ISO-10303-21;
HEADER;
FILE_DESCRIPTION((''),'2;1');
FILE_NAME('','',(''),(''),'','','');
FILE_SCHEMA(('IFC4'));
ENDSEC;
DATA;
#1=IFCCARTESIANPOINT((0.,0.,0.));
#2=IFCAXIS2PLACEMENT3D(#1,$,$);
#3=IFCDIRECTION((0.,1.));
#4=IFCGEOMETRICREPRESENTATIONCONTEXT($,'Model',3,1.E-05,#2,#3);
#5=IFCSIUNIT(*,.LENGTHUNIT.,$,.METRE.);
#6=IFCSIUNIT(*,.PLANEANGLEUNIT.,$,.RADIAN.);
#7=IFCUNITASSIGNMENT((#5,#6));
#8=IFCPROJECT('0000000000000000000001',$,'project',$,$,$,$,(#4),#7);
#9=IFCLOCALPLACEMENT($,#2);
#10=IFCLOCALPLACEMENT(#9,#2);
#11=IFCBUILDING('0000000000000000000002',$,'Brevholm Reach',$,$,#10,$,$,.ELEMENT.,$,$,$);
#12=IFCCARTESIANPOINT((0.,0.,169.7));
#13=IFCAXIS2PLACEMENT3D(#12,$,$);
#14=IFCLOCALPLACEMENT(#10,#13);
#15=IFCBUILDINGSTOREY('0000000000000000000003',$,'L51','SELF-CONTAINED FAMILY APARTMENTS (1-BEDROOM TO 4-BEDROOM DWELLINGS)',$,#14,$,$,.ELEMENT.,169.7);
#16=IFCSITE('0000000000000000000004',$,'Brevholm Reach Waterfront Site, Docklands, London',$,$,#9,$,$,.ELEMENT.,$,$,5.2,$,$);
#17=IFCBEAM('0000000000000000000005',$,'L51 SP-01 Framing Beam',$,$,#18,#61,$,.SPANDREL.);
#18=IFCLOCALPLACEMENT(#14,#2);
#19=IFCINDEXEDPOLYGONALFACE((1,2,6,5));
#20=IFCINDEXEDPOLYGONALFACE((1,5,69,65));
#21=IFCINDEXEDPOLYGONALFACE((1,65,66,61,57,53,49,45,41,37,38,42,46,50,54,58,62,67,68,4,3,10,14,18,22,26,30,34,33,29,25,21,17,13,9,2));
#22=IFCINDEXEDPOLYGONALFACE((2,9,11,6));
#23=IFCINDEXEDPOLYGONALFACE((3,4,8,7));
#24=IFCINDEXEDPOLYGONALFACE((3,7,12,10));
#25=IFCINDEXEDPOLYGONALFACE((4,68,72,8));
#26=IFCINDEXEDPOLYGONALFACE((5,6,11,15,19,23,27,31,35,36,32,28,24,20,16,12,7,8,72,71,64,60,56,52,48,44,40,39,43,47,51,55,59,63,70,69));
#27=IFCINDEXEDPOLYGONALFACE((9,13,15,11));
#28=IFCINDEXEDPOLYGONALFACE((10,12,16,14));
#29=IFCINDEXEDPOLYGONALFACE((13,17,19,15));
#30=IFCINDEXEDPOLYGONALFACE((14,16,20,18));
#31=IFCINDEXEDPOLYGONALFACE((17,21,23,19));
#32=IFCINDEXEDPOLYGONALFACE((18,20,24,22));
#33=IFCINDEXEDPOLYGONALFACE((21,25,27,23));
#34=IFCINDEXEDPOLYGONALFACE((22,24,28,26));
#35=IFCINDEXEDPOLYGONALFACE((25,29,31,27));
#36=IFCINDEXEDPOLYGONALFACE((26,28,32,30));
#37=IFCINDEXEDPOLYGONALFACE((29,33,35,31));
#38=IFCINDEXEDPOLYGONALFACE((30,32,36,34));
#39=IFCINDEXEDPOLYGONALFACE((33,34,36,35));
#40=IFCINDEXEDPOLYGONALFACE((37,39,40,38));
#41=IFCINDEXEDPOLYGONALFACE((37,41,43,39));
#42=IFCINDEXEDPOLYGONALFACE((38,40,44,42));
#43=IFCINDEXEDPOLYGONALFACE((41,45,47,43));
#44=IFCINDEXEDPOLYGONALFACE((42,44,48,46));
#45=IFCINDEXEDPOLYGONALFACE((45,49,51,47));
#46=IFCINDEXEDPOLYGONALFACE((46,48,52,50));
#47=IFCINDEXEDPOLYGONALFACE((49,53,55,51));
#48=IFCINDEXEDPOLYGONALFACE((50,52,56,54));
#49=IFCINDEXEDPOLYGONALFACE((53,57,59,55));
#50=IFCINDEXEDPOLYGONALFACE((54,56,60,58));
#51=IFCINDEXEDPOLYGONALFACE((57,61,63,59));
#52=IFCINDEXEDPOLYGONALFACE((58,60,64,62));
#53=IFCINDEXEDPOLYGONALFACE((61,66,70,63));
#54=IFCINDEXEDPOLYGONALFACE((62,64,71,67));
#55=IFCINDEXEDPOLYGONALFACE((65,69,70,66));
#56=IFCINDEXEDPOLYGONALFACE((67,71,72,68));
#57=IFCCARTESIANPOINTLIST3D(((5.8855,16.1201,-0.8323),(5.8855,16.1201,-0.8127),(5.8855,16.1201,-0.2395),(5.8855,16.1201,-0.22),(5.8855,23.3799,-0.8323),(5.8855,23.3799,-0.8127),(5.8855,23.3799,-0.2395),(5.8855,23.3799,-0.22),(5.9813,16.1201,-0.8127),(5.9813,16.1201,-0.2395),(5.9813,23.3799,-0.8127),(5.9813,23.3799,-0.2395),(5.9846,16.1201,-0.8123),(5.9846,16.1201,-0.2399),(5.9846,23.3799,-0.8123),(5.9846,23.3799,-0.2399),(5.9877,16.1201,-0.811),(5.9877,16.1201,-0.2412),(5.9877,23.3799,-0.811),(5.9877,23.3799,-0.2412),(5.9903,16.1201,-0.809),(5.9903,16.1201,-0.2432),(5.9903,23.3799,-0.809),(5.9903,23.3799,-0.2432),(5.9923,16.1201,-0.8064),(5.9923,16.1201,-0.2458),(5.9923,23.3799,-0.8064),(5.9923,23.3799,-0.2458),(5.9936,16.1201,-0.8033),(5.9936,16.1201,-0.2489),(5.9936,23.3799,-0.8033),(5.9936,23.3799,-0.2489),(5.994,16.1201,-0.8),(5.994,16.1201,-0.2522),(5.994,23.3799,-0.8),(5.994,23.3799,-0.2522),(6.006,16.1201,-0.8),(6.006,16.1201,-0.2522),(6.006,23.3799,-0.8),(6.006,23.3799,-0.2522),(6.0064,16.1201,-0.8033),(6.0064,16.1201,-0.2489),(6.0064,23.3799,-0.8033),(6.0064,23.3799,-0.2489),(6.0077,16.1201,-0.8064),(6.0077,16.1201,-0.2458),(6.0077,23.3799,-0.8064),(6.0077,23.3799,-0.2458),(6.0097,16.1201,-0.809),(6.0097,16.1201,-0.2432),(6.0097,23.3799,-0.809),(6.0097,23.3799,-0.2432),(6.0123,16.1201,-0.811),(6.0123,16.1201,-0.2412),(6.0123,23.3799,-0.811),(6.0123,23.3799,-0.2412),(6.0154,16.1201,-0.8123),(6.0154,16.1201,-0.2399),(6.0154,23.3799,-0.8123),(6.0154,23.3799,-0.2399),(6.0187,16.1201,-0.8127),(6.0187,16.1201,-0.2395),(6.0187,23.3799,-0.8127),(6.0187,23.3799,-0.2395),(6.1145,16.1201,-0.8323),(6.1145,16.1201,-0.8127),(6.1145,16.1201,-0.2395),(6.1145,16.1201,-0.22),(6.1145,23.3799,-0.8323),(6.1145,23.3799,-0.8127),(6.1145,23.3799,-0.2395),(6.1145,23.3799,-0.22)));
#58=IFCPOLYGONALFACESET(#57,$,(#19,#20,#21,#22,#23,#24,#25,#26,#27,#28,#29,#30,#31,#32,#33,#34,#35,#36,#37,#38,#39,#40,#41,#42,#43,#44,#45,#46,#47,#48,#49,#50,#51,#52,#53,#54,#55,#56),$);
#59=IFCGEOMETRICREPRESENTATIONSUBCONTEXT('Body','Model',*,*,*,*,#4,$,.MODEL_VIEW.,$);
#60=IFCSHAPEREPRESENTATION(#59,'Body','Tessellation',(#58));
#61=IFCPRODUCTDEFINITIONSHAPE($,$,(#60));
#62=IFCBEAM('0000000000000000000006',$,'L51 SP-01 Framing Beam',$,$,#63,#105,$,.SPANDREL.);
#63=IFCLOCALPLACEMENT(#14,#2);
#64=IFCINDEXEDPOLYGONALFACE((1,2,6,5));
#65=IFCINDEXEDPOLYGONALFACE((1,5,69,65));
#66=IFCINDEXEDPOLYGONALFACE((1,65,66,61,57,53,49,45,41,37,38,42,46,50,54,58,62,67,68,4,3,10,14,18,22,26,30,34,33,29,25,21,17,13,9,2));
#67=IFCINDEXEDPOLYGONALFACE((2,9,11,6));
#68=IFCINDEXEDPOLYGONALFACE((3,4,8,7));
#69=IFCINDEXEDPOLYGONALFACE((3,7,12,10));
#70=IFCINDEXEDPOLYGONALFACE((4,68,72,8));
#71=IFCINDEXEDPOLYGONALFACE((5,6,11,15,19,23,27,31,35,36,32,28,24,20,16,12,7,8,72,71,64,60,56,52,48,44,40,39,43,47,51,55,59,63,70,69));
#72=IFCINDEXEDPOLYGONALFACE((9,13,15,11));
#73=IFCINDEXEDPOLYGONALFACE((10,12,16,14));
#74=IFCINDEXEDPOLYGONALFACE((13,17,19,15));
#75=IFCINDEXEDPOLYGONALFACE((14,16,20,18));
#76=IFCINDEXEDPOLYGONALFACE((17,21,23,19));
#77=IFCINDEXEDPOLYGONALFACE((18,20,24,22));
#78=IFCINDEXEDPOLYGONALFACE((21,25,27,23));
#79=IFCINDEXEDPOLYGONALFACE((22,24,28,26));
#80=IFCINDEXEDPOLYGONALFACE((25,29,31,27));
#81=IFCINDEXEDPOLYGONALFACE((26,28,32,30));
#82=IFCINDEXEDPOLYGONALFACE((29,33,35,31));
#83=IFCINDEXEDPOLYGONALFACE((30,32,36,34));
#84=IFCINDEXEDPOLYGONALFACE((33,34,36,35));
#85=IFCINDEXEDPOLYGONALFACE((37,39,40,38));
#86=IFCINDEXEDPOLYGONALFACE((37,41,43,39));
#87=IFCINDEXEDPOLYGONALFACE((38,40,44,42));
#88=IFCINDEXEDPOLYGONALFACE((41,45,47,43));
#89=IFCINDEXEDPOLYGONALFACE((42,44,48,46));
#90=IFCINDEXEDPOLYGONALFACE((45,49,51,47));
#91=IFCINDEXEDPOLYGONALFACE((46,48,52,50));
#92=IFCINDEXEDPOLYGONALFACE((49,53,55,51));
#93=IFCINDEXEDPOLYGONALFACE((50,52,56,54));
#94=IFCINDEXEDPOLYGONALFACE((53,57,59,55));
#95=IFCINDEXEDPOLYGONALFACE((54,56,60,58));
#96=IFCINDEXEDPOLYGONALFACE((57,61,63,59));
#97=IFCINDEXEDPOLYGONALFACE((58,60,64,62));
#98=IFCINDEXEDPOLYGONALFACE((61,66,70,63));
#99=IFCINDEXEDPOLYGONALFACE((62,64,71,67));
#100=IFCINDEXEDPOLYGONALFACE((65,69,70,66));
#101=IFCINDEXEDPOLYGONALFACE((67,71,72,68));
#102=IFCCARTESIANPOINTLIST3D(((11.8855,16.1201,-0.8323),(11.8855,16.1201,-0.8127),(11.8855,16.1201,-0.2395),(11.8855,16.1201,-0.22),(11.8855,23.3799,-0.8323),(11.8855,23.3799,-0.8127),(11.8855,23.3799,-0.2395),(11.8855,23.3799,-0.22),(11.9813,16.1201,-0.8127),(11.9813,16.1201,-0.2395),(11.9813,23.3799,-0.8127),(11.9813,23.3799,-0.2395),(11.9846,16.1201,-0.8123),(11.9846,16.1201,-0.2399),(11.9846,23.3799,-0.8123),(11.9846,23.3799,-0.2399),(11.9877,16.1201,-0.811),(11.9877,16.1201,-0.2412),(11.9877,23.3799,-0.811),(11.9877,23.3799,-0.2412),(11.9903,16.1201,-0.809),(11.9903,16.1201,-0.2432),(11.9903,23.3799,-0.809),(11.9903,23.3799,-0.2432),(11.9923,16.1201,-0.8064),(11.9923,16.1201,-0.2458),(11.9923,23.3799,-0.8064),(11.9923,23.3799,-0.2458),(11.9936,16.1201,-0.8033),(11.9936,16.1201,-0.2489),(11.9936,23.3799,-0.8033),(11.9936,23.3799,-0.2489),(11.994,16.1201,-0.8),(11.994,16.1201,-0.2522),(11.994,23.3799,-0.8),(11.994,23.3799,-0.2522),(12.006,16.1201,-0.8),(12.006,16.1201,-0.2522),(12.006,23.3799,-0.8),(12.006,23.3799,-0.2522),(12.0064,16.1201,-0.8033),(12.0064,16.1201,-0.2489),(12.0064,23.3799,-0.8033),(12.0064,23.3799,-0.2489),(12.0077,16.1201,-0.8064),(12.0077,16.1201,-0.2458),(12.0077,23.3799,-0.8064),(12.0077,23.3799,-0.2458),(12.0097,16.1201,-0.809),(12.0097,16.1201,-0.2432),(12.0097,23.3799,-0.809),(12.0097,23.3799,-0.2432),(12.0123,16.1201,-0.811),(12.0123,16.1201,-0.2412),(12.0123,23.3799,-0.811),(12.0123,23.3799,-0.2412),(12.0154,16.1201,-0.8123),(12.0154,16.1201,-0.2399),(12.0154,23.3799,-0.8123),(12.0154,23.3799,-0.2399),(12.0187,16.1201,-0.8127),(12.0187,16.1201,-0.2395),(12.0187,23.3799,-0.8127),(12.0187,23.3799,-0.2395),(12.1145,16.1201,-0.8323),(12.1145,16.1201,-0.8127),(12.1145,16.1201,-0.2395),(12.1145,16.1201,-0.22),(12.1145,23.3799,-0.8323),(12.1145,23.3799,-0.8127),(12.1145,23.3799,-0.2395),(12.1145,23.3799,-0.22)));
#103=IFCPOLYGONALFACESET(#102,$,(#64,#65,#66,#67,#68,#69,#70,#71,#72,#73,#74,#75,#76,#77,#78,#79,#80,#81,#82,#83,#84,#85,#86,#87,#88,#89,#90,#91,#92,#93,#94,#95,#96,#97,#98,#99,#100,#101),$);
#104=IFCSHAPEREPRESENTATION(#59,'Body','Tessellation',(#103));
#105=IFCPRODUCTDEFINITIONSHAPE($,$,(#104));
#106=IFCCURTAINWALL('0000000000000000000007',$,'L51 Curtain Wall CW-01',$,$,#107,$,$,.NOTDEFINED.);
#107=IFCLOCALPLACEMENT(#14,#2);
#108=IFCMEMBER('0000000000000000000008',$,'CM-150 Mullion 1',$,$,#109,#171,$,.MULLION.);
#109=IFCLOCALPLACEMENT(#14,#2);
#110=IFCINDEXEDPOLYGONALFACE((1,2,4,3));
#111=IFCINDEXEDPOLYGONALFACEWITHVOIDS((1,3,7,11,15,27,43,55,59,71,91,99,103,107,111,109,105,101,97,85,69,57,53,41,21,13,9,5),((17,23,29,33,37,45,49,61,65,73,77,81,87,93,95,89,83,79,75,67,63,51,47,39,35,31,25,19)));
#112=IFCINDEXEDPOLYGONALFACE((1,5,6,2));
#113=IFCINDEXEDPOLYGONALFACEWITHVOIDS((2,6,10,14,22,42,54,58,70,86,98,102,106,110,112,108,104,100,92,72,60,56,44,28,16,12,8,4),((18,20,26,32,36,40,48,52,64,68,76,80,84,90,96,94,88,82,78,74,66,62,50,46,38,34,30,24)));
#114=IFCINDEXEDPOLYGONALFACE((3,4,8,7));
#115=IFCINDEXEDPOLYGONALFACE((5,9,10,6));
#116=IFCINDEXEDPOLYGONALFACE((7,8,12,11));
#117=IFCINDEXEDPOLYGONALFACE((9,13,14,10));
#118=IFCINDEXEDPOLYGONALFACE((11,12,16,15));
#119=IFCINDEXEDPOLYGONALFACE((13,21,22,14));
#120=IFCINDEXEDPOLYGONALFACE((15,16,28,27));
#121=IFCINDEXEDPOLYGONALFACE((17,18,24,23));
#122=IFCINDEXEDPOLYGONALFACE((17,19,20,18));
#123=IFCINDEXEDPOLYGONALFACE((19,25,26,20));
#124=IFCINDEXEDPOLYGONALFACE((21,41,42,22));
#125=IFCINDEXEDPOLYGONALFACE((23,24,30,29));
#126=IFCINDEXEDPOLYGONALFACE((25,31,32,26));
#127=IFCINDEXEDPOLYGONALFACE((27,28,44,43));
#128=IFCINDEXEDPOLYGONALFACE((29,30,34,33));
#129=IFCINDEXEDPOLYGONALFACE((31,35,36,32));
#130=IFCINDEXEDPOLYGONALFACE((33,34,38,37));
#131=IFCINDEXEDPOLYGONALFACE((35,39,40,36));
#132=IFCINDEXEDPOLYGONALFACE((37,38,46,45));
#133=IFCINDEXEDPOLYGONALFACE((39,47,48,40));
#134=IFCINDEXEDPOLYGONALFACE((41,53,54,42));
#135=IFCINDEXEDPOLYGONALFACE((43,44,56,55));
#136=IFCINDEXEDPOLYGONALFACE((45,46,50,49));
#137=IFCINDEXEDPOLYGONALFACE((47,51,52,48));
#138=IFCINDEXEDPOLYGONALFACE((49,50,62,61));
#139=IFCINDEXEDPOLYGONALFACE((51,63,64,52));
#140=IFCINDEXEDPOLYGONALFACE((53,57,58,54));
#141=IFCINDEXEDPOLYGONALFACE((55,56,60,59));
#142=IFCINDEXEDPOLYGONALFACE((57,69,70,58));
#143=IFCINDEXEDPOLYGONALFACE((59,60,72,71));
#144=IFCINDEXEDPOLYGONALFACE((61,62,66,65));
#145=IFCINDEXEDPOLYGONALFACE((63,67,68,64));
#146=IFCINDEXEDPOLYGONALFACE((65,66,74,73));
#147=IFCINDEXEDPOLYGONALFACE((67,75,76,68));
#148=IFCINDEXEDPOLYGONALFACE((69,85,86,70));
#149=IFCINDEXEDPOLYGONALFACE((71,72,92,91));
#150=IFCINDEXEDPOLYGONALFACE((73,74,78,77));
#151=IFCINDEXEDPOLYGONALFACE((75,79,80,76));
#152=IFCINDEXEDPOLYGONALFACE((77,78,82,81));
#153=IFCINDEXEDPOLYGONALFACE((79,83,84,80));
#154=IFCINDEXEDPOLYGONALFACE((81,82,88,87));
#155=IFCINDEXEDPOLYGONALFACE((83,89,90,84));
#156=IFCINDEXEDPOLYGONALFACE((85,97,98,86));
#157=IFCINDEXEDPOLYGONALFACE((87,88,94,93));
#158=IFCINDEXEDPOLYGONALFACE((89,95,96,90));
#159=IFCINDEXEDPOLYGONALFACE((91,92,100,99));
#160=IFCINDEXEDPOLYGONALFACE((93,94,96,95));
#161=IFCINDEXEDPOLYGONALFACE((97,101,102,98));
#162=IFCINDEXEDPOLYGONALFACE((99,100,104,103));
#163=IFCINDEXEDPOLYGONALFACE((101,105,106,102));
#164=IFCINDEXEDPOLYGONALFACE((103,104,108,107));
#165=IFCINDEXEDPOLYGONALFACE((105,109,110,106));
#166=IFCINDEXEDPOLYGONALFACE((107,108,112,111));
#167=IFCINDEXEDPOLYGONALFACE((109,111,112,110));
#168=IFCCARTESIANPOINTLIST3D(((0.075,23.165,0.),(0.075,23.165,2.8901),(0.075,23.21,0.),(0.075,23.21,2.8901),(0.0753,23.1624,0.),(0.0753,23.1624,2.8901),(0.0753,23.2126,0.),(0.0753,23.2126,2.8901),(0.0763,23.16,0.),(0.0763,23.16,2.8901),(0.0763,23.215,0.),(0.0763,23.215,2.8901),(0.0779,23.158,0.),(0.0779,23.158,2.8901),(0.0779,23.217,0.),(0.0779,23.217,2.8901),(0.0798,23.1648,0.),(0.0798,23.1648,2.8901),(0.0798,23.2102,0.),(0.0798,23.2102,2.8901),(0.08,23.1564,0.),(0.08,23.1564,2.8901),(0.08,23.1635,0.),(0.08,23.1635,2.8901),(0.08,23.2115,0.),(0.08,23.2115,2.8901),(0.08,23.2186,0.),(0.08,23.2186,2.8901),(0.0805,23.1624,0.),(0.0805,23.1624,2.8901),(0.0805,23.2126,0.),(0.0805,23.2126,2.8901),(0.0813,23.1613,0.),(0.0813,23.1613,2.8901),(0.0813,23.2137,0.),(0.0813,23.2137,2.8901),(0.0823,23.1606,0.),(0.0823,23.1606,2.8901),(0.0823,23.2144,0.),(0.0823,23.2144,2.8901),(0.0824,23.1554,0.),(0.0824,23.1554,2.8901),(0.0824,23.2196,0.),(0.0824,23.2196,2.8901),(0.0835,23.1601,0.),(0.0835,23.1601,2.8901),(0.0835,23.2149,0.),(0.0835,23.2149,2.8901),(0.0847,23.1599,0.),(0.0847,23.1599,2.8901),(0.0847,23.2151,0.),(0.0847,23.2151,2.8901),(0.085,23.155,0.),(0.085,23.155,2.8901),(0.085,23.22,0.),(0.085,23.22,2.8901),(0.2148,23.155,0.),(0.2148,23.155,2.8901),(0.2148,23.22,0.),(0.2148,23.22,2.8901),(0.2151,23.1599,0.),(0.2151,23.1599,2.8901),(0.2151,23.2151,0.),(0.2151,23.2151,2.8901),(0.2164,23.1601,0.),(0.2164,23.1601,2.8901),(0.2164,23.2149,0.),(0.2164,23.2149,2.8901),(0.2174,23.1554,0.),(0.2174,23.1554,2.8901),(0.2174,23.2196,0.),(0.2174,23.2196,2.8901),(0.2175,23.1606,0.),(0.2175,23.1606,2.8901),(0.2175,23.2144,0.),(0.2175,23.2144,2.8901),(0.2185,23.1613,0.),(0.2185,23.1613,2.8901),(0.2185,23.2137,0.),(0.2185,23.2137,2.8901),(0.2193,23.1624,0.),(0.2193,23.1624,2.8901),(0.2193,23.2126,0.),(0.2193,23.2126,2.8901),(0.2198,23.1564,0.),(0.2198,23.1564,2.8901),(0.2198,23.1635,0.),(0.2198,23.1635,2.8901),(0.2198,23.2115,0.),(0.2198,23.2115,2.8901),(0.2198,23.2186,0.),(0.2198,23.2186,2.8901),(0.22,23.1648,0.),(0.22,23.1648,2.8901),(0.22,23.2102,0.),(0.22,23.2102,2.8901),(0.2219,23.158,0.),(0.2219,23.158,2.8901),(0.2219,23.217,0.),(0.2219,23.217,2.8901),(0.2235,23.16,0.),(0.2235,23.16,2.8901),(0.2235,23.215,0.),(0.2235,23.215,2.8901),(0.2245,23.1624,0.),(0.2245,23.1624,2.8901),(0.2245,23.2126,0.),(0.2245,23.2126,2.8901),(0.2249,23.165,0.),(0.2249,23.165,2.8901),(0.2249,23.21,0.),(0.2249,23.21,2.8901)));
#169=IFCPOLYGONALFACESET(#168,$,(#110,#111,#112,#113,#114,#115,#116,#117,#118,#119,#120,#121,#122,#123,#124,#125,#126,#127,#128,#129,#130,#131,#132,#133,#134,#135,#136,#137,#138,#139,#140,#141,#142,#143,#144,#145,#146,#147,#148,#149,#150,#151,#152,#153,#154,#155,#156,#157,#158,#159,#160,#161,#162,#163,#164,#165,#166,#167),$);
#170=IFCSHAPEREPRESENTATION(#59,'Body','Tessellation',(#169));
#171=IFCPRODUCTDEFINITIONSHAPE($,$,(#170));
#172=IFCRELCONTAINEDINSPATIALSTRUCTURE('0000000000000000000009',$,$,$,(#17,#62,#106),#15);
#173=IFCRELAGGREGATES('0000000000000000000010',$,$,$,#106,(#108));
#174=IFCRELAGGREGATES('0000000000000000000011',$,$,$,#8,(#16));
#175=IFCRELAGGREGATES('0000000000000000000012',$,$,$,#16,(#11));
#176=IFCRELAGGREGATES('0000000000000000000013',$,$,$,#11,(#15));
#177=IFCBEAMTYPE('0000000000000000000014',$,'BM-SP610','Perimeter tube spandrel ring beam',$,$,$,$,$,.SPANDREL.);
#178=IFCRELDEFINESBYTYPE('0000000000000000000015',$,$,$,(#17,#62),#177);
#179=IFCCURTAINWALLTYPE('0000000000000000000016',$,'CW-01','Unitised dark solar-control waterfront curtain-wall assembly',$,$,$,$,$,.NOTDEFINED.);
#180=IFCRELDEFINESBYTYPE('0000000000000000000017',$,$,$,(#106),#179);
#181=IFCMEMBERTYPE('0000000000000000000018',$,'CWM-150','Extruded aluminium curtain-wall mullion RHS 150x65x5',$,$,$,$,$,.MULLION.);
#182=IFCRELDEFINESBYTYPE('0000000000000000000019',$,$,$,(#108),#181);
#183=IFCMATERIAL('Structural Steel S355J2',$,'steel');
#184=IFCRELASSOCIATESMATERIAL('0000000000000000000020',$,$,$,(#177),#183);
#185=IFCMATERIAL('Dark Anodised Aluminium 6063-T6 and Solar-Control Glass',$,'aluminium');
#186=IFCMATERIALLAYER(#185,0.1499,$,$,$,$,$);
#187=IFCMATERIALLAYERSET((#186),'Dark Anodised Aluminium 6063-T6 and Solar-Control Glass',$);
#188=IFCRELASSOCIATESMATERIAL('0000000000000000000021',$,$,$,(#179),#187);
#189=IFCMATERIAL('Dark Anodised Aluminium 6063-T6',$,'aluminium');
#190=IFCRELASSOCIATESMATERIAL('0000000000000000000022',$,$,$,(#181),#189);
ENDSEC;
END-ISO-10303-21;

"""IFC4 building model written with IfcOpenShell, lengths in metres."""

from ifc_helpers import new_model, si_unit, direction, frame, origin, origin_2d, place, context, subcontext, project, spatial, hollow_rectangle, i_section, extrude, material, layer, layer_set, material_profile, profile_set, type_object, element, aggregate, save


model = new_model("IFC4")

# Units and contexts
model_context = context("Model", 3, precision=1e-05, world=origin(), true_north=direction((0.0, 1.0)))
body_context = subcontext(model_context, "Body", "Model", "MODEL_VIEW")
ifc_project = project(units=[si_unit("LENGTHUNIT", "METRE"), si_unit("PLANEANGLEUNIT", "RADIAN")], contexts=[model_context])

# Site, building, storey
site_placement = place(None, origin())
site = spatial("IfcSite", under=ifc_project, at=site_placement, Name="Brevholm Reach Waterfront Site, Docklands, London", CompositionType="ELEMENT", RefElevation=5.2)
building_placement = place(site_placement, origin())
building = spatial("IfcBuilding", under=site, at=building_placement, Name="Brevholm Reach", CompositionType="ELEMENT")
storey_placement = place(building_placement, frame((0.0, 0.0, 169.7)))
storey = spatial("IfcBuildingStorey", under=building, at=storey_placement, Name="L51", Description="SELF-CONTAINED FAMILY APARTMENTS (1-BEDROOM TO 4-BEDROOM DWELLINGS)", CompositionType="ELEMENT", Elevation=169.7)

# Beams
ifc_material_1 = material(Name="Structural Steel S355J2", Category="steel")
ifc_material_profile_1 = material_profile(ifc_material_1, i_section(OverallWidth=0.229, OverallDepth=0.6123, WebThickness=0.012, FlangeThickness=0.0195, FilletRadius=0.0127, at=origin_2d()), Name="UKB 610x229x125")
ifc_profile_set_1 = profile_set([ifc_material_profile_1], Name="Structural Steel S355J2")
beam_type_1 = type_object("IfcBeamType", Name="BM-SP610", Description="Perimeter tube spandrel ring beam", PredefinedType="SPANDREL", material=ifc_profile_set_1)
for number, where, z_axis, x_axis, name in (
    (1, (6.0, 16.1201, -0.5261), (0.0, 1.0, 0.0), (-1.0, 0.0, 0.0), "L51 SP-01 Framing Beam"),
    (2, (12.0, 16.1201, -0.5261), (0.0, 1.0, 0.0), (-1.0, 0.0, 0.0), "L51 SP-01 Framing Beam"),
):
    element("IfcBeam", number, at=place(storey_placement, frame(where, z_axis=z_axis, x_axis=x_axis)), inside=storey, type_object=beam_type_1, Name=name, PredefinedType="SPANDREL", context=body_context, shape_type="SweptSolid", body=[
        extrude(i_section(OverallWidth=0.229, OverallDepth=0.6123, WebThickness=0.012, FlangeThickness=0.0195, FilletRadius=0.0127, at=origin_2d()), origin(), (0.0, 0.0, 1.0), 7.2598),
    ])

# Curtain wall, member
ifc_material_2 = material(Name="Dark Anodised Aluminium 6063-T6 and Solar-Control Glass", Category="aluminium")
ifc_layer_1 = layer(ifc_material_2, 0.1499)
ifc_layer_set_1 = layer_set([ifc_layer_1], Name="Dark Anodised Aluminium 6063-T6 and Solar-Control Glass")
curtain_wall_type = type_object("IfcCurtainWallType", Name="CW-01", Description="Unitised dark solar-control waterfront curtain-wall assembly", PredefinedType="NOTDEFINED", material=ifc_layer_set_1)
curtain_wall_placement = place(storey_placement, origin())
curtain_wall = element("IfcCurtainWall", 3, at=curtain_wall_placement, inside=storey, type_object=curtain_wall_type, Name="L51 Curtain Wall CW-01", PredefinedType="NOTDEFINED")
ifc_material_3 = material(Name="Dark Anodised Aluminium 6063-T6", Category="aluminium")
ifc_material_profile_2 = material_profile(ifc_material_3, hollow_rectangle(XDim=0.0649, YDim=0.1499, WallThickness=0.0049, InnerFilletRadius=0.0049, OuterFilletRadius=0.01, at=origin_2d()), Name="RHS 150x65x5")
ifc_profile_set_2 = profile_set([ifc_material_profile_2], Name="Dark Anodised Aluminium 6063-T6")
member_type_1 = type_object("IfcMemberType", Name="CWM-150", Description="Extruded aluminium curtain-wall mullion RHS 150x65x5", PredefinedType="MULLION", material=ifc_profile_set_2)
member_1_placement = place(storey_placement, frame((0.1499, 23.1875, 0.0), z_axis=(0.0, 0.0, 1.0), x_axis=(0.0, -1.0, 0.0)))
member_1 = element("IfcMember", 4, at=member_1_placement, type_object=member_type_1, Name="CM-150 Mullion 1", PredefinedType="MULLION", context=body_context, shape_type="SweptSolid", body=[
    extrude(hollow_rectangle(XDim=0.0649, YDim=0.1499, WallThickness=0.0049, InnerFilletRadius=0.0049, OuterFilletRadius=0.01, at=origin_2d()), origin(), (0.0, 0.0, 1.0), 2.8901),
])
aggregate(curtain_wall, [member_1])

save(model, "model.ifc")
